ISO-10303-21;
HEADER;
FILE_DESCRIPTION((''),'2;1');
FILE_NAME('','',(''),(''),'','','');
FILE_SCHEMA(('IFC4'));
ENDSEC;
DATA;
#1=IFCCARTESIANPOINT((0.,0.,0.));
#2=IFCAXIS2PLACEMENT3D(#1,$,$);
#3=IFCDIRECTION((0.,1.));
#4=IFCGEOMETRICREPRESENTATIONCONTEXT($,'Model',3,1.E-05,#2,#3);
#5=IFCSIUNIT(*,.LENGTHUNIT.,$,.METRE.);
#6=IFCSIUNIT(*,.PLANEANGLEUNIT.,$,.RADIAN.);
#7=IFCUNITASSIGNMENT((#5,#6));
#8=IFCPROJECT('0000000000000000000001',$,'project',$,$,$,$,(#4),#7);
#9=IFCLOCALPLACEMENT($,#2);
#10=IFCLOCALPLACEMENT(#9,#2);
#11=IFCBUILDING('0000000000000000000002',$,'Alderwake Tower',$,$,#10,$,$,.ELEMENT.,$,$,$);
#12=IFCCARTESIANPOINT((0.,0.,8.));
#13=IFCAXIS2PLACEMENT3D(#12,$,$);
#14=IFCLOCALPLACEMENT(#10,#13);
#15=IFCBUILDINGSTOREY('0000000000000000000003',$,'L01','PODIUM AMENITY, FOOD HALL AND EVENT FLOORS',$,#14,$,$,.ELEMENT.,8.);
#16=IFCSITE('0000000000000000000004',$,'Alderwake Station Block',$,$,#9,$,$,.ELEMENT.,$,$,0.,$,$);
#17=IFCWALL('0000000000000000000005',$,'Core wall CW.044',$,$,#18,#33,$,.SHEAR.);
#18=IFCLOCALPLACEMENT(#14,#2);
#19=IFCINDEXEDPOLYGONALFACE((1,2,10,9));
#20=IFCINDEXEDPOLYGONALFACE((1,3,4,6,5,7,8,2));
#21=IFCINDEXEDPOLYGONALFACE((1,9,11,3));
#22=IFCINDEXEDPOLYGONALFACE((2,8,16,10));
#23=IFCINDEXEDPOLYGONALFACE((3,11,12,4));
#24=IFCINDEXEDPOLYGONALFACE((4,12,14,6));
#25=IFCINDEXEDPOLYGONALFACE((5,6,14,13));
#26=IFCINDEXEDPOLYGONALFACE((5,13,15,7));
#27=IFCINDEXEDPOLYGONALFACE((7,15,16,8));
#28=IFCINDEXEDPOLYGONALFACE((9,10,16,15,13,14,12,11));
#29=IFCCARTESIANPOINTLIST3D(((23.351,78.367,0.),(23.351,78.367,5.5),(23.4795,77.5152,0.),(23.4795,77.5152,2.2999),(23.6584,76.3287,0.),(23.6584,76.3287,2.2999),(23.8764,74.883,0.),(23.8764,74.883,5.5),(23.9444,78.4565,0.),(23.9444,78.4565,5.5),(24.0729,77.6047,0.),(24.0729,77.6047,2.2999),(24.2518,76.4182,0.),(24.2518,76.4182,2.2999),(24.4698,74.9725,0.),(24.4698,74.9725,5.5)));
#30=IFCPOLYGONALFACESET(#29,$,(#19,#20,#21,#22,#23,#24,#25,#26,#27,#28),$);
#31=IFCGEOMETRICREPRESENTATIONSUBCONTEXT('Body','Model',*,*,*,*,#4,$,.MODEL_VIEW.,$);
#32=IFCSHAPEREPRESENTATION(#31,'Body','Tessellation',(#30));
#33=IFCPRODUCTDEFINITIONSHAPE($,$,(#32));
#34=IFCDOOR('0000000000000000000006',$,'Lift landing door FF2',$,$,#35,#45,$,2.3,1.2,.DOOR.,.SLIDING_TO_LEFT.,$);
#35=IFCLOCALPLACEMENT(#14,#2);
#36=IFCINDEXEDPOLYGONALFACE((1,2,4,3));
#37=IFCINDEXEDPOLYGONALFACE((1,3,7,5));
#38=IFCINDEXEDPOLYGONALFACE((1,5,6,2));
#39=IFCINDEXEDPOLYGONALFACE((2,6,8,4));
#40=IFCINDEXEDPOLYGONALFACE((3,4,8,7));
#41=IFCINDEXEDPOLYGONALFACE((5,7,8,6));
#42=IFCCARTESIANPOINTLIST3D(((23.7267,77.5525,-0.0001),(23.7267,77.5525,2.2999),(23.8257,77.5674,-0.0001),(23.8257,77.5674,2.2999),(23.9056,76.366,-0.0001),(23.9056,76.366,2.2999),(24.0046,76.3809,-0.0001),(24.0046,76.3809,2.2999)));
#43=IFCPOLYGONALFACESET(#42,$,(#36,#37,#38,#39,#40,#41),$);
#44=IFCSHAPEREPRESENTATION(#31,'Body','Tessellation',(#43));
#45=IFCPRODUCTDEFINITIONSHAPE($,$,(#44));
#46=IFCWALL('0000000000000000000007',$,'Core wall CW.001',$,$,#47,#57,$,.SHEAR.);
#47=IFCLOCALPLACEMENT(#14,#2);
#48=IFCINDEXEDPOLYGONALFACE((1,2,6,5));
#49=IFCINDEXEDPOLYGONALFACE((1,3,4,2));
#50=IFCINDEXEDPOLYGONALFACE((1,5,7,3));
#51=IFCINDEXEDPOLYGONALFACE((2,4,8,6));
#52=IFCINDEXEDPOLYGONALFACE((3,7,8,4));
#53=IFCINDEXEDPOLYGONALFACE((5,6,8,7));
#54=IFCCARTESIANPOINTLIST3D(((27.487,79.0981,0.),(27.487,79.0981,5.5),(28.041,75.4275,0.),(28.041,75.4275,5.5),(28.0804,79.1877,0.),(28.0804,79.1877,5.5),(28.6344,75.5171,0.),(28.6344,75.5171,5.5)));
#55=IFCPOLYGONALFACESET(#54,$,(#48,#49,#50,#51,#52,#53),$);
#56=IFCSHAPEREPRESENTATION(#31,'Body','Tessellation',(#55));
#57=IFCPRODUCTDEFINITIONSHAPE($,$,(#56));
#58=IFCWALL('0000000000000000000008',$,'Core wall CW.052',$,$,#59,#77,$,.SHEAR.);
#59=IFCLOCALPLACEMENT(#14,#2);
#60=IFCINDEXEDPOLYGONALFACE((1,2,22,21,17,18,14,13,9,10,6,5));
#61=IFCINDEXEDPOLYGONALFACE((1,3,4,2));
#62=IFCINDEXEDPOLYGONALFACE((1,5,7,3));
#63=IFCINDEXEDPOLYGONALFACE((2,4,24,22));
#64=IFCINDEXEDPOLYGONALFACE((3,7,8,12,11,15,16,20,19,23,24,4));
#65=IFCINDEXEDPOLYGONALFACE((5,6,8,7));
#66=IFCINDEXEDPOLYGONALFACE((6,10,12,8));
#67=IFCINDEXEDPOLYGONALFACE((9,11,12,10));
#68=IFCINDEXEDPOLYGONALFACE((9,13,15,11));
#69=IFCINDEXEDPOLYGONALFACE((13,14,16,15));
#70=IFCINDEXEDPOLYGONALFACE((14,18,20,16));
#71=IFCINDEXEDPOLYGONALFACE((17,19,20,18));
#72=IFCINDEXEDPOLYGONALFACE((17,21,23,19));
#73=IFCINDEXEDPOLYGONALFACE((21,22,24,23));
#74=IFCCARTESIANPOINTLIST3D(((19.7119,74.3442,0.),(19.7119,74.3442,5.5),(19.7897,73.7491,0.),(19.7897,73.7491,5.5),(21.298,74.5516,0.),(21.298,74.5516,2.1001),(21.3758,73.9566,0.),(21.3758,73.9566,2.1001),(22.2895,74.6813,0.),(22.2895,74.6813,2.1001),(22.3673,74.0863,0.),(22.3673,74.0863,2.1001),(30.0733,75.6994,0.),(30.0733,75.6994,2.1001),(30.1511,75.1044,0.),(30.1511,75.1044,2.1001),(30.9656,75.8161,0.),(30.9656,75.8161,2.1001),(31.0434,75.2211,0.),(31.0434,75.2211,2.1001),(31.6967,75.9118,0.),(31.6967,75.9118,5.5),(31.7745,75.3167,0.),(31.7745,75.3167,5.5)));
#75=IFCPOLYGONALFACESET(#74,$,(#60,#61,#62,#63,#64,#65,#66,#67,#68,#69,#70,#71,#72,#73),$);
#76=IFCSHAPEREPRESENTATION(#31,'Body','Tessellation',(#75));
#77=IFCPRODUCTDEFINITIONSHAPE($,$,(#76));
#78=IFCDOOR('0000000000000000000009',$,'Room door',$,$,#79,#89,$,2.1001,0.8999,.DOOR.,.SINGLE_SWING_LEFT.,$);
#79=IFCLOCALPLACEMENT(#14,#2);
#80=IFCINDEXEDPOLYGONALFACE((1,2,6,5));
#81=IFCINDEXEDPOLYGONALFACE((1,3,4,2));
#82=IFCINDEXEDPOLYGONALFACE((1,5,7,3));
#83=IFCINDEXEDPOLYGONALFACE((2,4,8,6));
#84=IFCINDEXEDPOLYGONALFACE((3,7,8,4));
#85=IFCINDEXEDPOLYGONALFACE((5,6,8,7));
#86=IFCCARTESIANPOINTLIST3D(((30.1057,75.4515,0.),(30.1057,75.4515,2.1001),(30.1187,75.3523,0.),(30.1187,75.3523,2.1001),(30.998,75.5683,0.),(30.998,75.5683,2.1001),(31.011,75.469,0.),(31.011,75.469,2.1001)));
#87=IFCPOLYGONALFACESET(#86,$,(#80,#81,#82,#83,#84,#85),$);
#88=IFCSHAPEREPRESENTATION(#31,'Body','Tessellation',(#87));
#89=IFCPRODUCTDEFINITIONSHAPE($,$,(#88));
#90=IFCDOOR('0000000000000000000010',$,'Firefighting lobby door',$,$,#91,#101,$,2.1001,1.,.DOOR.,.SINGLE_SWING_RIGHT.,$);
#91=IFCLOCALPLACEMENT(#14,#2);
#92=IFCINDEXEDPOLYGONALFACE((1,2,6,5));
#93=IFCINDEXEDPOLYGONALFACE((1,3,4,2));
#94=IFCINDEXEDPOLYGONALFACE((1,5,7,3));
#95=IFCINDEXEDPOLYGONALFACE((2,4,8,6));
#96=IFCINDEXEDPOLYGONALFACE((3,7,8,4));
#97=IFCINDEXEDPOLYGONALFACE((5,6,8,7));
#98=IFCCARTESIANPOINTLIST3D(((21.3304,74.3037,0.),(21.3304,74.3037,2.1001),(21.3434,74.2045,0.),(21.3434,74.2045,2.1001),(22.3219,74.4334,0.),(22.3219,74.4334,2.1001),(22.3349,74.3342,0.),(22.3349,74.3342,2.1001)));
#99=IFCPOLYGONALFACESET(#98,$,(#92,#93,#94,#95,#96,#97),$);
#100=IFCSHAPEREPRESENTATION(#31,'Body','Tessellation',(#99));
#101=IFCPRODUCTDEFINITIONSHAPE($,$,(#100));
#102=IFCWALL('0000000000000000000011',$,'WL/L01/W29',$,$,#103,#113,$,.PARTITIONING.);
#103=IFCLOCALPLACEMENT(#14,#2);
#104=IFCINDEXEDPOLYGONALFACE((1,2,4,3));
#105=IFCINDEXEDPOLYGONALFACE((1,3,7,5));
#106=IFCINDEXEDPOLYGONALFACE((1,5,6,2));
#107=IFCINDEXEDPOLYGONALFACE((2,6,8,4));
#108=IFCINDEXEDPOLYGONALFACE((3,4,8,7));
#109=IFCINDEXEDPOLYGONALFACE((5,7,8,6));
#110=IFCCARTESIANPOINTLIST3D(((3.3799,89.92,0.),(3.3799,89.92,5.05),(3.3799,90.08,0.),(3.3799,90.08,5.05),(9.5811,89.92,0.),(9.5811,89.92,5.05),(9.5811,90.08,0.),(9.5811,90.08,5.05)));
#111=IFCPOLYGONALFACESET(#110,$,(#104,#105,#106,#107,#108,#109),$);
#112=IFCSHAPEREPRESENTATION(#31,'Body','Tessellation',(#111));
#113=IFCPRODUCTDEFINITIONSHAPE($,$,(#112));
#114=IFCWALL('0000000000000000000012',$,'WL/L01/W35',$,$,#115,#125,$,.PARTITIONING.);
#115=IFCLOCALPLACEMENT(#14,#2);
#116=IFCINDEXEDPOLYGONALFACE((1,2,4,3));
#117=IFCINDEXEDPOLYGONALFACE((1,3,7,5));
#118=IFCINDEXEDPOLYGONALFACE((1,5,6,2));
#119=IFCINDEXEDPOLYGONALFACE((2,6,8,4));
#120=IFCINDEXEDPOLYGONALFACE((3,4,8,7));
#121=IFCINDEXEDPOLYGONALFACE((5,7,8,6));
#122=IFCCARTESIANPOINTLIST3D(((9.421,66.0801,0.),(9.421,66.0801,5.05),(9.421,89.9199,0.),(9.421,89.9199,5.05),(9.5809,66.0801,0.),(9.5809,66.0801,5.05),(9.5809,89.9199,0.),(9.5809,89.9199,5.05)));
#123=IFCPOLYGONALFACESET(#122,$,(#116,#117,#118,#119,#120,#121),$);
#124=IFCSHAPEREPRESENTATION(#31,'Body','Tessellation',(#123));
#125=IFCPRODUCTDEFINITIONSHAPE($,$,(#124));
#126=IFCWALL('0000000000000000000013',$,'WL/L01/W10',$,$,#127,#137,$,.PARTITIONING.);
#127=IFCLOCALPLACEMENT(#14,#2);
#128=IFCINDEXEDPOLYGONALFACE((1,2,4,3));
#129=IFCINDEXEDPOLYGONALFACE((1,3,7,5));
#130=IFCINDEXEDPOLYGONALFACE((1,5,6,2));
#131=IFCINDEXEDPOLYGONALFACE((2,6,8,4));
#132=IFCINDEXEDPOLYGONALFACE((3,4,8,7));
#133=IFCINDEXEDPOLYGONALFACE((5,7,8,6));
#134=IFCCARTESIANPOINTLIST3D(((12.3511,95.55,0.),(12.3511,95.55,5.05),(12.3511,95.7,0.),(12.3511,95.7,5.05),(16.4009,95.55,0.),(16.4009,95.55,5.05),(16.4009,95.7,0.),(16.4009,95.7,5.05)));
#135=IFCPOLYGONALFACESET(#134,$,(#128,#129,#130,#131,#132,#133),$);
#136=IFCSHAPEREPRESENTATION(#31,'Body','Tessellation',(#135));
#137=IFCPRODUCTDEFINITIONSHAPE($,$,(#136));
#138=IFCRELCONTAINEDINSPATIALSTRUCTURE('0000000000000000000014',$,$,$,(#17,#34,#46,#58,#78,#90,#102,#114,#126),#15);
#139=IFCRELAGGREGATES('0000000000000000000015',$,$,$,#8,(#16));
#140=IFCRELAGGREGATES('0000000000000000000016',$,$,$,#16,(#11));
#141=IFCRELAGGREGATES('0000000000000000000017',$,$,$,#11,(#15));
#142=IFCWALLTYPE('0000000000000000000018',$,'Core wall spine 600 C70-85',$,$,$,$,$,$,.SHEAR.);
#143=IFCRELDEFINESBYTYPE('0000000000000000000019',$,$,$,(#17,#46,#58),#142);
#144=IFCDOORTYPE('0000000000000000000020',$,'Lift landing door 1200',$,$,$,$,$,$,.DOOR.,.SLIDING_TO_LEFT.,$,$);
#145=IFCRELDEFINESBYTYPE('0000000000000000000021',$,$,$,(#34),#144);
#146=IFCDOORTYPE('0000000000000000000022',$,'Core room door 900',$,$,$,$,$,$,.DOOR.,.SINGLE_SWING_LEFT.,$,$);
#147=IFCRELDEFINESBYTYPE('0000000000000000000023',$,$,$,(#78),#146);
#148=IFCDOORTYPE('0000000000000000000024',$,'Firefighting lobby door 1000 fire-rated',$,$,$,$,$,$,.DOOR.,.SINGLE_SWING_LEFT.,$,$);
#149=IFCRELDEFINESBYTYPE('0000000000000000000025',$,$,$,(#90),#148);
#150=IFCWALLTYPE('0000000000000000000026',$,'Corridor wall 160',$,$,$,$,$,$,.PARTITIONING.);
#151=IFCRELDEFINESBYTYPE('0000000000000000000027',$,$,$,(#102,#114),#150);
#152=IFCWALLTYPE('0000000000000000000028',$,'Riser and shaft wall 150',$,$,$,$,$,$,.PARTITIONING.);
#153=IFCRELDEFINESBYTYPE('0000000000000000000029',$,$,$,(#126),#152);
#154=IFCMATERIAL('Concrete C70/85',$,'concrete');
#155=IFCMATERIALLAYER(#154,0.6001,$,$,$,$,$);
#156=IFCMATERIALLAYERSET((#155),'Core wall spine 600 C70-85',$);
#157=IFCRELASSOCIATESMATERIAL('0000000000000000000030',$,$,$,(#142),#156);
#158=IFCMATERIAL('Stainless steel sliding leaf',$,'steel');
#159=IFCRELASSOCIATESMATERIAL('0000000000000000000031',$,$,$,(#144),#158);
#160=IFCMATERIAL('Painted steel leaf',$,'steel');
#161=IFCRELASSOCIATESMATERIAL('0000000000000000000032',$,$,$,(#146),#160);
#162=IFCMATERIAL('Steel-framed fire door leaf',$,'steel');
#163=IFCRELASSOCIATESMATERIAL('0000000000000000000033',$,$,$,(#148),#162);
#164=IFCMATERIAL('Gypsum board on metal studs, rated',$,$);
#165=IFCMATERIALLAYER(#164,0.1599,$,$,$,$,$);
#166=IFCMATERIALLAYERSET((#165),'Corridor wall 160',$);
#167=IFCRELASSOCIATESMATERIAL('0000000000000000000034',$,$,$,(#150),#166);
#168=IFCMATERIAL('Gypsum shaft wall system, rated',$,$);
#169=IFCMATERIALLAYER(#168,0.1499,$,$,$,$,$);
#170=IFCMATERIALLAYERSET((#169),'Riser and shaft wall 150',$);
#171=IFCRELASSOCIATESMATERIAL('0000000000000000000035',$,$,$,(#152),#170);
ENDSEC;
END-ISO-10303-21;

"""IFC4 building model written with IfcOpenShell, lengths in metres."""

from ifc_helpers import new_model, si_unit, direction, frame, frame_2d, origin, place, context, subcontext, project, spatial, rectangle, extrude, material, layer, layer_set, type_object, element, fill, save


model = new_model("IFC4")

# Units and contexts
model_context = context("Model", 3, precision=1e-05, world=origin(), true_north=direction((0.0, 1.0)))
body_context = subcontext(model_context, "Body", "Model", "MODEL_VIEW")
ifc_project = project(units=[si_unit("LENGTHUNIT", "METRE"), si_unit("PLANEANGLEUNIT", "RADIAN")], contexts=[model_context])

# Site, building, storey
site_placement = place(None, origin())
site = spatial("IfcSite", under=ifc_project, at=site_placement, Name="Alderwake Station Block", CompositionType="ELEMENT", RefElevation=0.0)
building_placement = place(site_placement, origin())
building = spatial("IfcBuilding", under=site, at=building_placement, Name="Alderwake Tower", CompositionType="ELEMENT")
storey_placement = place(building_placement, frame((0.0, 0.0, 8.0)))
storey = spatial("IfcBuildingStorey", under=building, at=storey_placement, Name="L01", Description="PODIUM AMENITY, FOOD HALL AND EVENT FLOORS", CompositionType="ELEMENT", Elevation=8.0)

# Wall, opening, door
ifc_material_1 = material(Name="Concrete C70/85", Category="concrete")
ifc_layer_1 = layer(ifc_material_1, 0.6001)
ifc_layer_set_1 = layer_set([ifc_layer_1], Name="Core wall spine 600 C70-85")
wall_type_1 = type_object("IfcWallType", Name="Core wall spine 600 C70-85", PredefinedType="SHEAR", material=ifc_layer_set_1)
wall_1_placement = place(storey_placement, frame((24.1731, 74.9277, 0.0), z_axis=(0.0, 0.0, 1.0), x_axis=(-0.14911, 0.988821, 0.0)))
wall_1 = element("IfcWall", 1, at=wall_1_placement, inside=storey, type_object=wall_type_1, Name="Core wall CW.044", PredefinedType="SHEAR", context=body_context, shape_type="SweptSolid", body=[
    extrude(rectangle(XDim=3.5234, YDim=0.6001, at=frame_2d((1.7617, 0.0))), origin(), (0.0, 0.0, 1.0), 5.5),
])
opening_1_placement = place(wall_1_placement, frame((1.4619, 0.0, 0.0)))
opening_1 = element("IfcOpeningElement", 2, at=opening_1_placement, cuts=wall_1, PredefinedType="OPENING", context=body_context, shape_type="SweptSolid", body=[
    extrude(rectangle(XDim=1.2, YDim=2.3, at=frame_2d((0.6001, 1.1499))), frame((0.0, 0.3101, 0.0), z_axis=(0.0, -1.0, 0.0), x_axis=(1.0, 0.0, 0.0)), (0.0, 0.0, 1.0), 0.6201),
])
ifc_material_2 = material(Name="Stainless steel sliding leaf", Category="steel")
door_type_1 = type_object("IfcDoorType", Name="Lift landing door 1200", OperationType="SLIDING_TO_LEFT", PredefinedType="DOOR", material=ifc_material_2)
door_1_placement = place(opening_1_placement, origin())
door_1 = element("IfcDoor", 3, at=door_1_placement, inside=storey, type_object=door_type_1, Name="Lift landing door FF2", OperationType="SLIDING_TO_LEFT", OverallHeight=2.3, OverallWidth=1.2, PredefinedType="DOOR", context=body_context, shape_type="SweptSolid", body=[
    extrude(rectangle(XDim=1.2, YDim=2.3, at=frame_2d((0.6001, 1.1499))), frame((0.0, 0.05, 0.0), z_axis=(0.0, -1.0, 0.0), x_axis=(1.0, 0.0, 0.0)), (0.0, 0.0, 1.0), 0.1001),
])
fill(opening_1, door_1)

# Wall
wall_2_placement = place(storey_placement, frame((28.3376, 75.4724, 0.0), z_axis=(0.0, 0.0, 1.0), x_axis=(-0.149225, 0.988803, 0.0)))
element("IfcWall", 4, at=wall_2_placement, inside=storey, type_object=wall_type_1, Name="Core wall CW.001", PredefinedType="SHEAR", context=body_context, shape_type="SweptSolid", body=[
    extrude(rectangle(XDim=3.7122, YDim=0.6001, at=frame_2d((1.856, 0.0))), origin(), (0.0, 0.0, 1.0), 5.5),
])

# Wall, openings, doors
wall_3_placement = place(storey_placement, frame((31.7356, 75.6143, 0.0), z_axis=(0.0, 0.0, 1.0), x_axis=(-0.991554, -0.129696, 0.0)))
wall_3 = element("IfcWall", 5, at=wall_3_placement, inside=storey, type_object=wall_type_1, Name="Core wall CW.052", PredefinedType="SHEAR", context=body_context, shape_type="SweptSolid", body=[
    extrude(rectangle(XDim=12.0869, YDim=0.6001, at=frame_2d((6.0435, 0.0))), origin(), (0.0, 0.0, 1.0), 5.5),
])
opening_2_placement = place(wall_3_placement, frame((9.4873, 0.0, 0.0)))
opening_2 = element("IfcOpeningElement", 6, at=opening_2_placement, cuts=wall_3, PredefinedType="OPENING", context=body_context, shape_type="SweptSolid", body=[
    extrude(rectangle(XDim=1.0, YDim=2.1001, at=frame_2d((0.5, 1.05))), frame((0.0, 0.3101, 0.0), z_axis=(0.0, -1.0, 0.0), x_axis=(1.0, 0.0, 0.0)), (0.0, 0.0, 1.0), 0.6201),
])
opening_3_placement = place(wall_3_placement, frame((0.7373, 0.0, 0.0)))
opening_3 = element("IfcOpeningElement", 7, at=opening_3_placement, cuts=wall_3, PredefinedType="OPENING", context=body_context, shape_type="SweptSolid", body=[
    extrude(rectangle(XDim=0.8999, YDim=2.1001, at=frame_2d((0.45, 1.05))), frame((0.0, 0.3101, 0.0), z_axis=(0.0, -1.0, 0.0), x_axis=(1.0, 0.0, 0.0)), (0.0, 0.0, 1.0), 0.6201),
])
ifc_material_3 = material(Name="Painted steel leaf", Category="steel")
door_type_2 = type_object("IfcDoorType", Name="Core room door 900", OperationType="SINGLE_SWING_LEFT", PredefinedType="DOOR", material=ifc_material_3)
door_2_placement = place(opening_3_placement, origin())
door_2 = element("IfcDoor", 8, at=door_2_placement, inside=storey, type_object=door_type_2, Name="Room door", OperationType="SINGLE_SWING_LEFT", OverallHeight=2.1001, OverallWidth=0.8999, PredefinedType="DOOR", context=body_context, shape_type="SweptSolid", body=[
    extrude(rectangle(XDim=0.8999, YDim=2.1001, at=frame_2d((0.45, 1.05))), frame((0.0, 0.05, 0.0), z_axis=(0.0, -1.0, 0.0), x_axis=(1.0, 0.0, 0.0)), (0.0, 0.0, 1.0), 0.1001),
])
fill(opening_3, door_2)
ifc_material_4 = material(Name="Steel-framed fire door leaf", Category="steel")
door_type_3 = type_object("IfcDoorType", Name="Firefighting lobby door 1000 fire-rated", OperationType="SINGLE_SWING_LEFT", PredefinedType="DOOR", material=ifc_material_4)
door_3_placement = place(opening_2_placement, origin())
door_3 = element("IfcDoor", 9, at=door_3_placement, inside=storey, type_object=door_type_3, Name="Firefighting lobby door", OperationType="SINGLE_SWING_RIGHT", OverallHeight=2.1001, OverallWidth=1.0, PredefinedType="DOOR", context=body_context, shape_type="SweptSolid", body=[
    extrude(rectangle(XDim=1.0, YDim=2.1001, at=frame_2d((0.5, 1.05))), frame((0.0, 0.05, 0.0), z_axis=(0.0, -1.0, 0.0), x_axis=(1.0, 0.0, 0.0)), (0.0, 0.0, 1.0), 0.1001),
])
fill(opening_2, door_3)

# Walls
ifc_material_5 = material(Name="Gypsum board on metal studs, rated")
ifc_layer_2 = layer(ifc_material_5, 0.1599)
ifc_layer_set_2 = layer_set([ifc_layer_2], Name="Corridor wall 160")
wall_type_2 = type_object("IfcWallType", Name="Corridor wall 160", PredefinedType="PARTITIONING", material=ifc_layer_set_2)
wall_4_placement = place(storey_placement, frame((3.3799, 90.0, 0.0), z_axis=(0.0, 0.0, 1.0), x_axis=(1.0, 0.0, 0.0)))
element("IfcWall", 10, at=wall_4_placement, inside=storey, type_object=wall_type_2, Name="WL/L01/W29", PredefinedType="PARTITIONING", context=body_context, shape_type="SweptSolid", body=[
    extrude(rectangle(XDim=6.2012, YDim=0.1599, at=frame_2d((3.1006, 0.0))), origin(), (0.0, 0.0, 1.0), 5.05),
])
wall_5_placement = place(storey_placement, frame((9.501, 89.9199, 0.0), z_axis=(0.0, 0.0, 1.0), x_axis=(0.0, -1.0, 0.0)))
element("IfcWall", 11, at=wall_5_placement, inside=storey, type_object=wall_type_2, Name="WL/L01/W35", PredefinedType="PARTITIONING", context=body_context, shape_type="SweptSolid", body=[
    extrude(rectangle(XDim=23.8398, YDim=0.1599, at=frame_2d((11.9199, 0.0))), origin(), (0.0, 0.0, 1.0), 5.05),
])
ifc_material_6 = material(Name="Gypsum shaft wall system, rated")
ifc_layer_3 = layer(ifc_material_6, 0.1499)
ifc_layer_set_3 = layer_set([ifc_layer_3], Name="Riser and shaft wall 150")
wall_type_3 = type_object("IfcWallType", Name="Riser and shaft wall 150", PredefinedType="PARTITIONING", material=ifc_layer_set_3)
wall_6_placement = place(storey_placement, frame((12.3511, 95.625, 0.0), z_axis=(0.0, 0.0, 1.0), x_axis=(1.0, 0.0, 0.0)))
element("IfcWall", 12, at=wall_6_placement, inside=storey, type_object=wall_type_3, Name="WL/L01/W10", PredefinedType="PARTITIONING", context=body_context, shape_type="SweptSolid", body=[
    extrude(rectangle(XDim=4.0498, YDim=0.1499, at=frame_2d((2.0249, 0.0))), origin(), (0.0, 0.0, 1.0), 5.05),
])

save(model, "model.ifc")
